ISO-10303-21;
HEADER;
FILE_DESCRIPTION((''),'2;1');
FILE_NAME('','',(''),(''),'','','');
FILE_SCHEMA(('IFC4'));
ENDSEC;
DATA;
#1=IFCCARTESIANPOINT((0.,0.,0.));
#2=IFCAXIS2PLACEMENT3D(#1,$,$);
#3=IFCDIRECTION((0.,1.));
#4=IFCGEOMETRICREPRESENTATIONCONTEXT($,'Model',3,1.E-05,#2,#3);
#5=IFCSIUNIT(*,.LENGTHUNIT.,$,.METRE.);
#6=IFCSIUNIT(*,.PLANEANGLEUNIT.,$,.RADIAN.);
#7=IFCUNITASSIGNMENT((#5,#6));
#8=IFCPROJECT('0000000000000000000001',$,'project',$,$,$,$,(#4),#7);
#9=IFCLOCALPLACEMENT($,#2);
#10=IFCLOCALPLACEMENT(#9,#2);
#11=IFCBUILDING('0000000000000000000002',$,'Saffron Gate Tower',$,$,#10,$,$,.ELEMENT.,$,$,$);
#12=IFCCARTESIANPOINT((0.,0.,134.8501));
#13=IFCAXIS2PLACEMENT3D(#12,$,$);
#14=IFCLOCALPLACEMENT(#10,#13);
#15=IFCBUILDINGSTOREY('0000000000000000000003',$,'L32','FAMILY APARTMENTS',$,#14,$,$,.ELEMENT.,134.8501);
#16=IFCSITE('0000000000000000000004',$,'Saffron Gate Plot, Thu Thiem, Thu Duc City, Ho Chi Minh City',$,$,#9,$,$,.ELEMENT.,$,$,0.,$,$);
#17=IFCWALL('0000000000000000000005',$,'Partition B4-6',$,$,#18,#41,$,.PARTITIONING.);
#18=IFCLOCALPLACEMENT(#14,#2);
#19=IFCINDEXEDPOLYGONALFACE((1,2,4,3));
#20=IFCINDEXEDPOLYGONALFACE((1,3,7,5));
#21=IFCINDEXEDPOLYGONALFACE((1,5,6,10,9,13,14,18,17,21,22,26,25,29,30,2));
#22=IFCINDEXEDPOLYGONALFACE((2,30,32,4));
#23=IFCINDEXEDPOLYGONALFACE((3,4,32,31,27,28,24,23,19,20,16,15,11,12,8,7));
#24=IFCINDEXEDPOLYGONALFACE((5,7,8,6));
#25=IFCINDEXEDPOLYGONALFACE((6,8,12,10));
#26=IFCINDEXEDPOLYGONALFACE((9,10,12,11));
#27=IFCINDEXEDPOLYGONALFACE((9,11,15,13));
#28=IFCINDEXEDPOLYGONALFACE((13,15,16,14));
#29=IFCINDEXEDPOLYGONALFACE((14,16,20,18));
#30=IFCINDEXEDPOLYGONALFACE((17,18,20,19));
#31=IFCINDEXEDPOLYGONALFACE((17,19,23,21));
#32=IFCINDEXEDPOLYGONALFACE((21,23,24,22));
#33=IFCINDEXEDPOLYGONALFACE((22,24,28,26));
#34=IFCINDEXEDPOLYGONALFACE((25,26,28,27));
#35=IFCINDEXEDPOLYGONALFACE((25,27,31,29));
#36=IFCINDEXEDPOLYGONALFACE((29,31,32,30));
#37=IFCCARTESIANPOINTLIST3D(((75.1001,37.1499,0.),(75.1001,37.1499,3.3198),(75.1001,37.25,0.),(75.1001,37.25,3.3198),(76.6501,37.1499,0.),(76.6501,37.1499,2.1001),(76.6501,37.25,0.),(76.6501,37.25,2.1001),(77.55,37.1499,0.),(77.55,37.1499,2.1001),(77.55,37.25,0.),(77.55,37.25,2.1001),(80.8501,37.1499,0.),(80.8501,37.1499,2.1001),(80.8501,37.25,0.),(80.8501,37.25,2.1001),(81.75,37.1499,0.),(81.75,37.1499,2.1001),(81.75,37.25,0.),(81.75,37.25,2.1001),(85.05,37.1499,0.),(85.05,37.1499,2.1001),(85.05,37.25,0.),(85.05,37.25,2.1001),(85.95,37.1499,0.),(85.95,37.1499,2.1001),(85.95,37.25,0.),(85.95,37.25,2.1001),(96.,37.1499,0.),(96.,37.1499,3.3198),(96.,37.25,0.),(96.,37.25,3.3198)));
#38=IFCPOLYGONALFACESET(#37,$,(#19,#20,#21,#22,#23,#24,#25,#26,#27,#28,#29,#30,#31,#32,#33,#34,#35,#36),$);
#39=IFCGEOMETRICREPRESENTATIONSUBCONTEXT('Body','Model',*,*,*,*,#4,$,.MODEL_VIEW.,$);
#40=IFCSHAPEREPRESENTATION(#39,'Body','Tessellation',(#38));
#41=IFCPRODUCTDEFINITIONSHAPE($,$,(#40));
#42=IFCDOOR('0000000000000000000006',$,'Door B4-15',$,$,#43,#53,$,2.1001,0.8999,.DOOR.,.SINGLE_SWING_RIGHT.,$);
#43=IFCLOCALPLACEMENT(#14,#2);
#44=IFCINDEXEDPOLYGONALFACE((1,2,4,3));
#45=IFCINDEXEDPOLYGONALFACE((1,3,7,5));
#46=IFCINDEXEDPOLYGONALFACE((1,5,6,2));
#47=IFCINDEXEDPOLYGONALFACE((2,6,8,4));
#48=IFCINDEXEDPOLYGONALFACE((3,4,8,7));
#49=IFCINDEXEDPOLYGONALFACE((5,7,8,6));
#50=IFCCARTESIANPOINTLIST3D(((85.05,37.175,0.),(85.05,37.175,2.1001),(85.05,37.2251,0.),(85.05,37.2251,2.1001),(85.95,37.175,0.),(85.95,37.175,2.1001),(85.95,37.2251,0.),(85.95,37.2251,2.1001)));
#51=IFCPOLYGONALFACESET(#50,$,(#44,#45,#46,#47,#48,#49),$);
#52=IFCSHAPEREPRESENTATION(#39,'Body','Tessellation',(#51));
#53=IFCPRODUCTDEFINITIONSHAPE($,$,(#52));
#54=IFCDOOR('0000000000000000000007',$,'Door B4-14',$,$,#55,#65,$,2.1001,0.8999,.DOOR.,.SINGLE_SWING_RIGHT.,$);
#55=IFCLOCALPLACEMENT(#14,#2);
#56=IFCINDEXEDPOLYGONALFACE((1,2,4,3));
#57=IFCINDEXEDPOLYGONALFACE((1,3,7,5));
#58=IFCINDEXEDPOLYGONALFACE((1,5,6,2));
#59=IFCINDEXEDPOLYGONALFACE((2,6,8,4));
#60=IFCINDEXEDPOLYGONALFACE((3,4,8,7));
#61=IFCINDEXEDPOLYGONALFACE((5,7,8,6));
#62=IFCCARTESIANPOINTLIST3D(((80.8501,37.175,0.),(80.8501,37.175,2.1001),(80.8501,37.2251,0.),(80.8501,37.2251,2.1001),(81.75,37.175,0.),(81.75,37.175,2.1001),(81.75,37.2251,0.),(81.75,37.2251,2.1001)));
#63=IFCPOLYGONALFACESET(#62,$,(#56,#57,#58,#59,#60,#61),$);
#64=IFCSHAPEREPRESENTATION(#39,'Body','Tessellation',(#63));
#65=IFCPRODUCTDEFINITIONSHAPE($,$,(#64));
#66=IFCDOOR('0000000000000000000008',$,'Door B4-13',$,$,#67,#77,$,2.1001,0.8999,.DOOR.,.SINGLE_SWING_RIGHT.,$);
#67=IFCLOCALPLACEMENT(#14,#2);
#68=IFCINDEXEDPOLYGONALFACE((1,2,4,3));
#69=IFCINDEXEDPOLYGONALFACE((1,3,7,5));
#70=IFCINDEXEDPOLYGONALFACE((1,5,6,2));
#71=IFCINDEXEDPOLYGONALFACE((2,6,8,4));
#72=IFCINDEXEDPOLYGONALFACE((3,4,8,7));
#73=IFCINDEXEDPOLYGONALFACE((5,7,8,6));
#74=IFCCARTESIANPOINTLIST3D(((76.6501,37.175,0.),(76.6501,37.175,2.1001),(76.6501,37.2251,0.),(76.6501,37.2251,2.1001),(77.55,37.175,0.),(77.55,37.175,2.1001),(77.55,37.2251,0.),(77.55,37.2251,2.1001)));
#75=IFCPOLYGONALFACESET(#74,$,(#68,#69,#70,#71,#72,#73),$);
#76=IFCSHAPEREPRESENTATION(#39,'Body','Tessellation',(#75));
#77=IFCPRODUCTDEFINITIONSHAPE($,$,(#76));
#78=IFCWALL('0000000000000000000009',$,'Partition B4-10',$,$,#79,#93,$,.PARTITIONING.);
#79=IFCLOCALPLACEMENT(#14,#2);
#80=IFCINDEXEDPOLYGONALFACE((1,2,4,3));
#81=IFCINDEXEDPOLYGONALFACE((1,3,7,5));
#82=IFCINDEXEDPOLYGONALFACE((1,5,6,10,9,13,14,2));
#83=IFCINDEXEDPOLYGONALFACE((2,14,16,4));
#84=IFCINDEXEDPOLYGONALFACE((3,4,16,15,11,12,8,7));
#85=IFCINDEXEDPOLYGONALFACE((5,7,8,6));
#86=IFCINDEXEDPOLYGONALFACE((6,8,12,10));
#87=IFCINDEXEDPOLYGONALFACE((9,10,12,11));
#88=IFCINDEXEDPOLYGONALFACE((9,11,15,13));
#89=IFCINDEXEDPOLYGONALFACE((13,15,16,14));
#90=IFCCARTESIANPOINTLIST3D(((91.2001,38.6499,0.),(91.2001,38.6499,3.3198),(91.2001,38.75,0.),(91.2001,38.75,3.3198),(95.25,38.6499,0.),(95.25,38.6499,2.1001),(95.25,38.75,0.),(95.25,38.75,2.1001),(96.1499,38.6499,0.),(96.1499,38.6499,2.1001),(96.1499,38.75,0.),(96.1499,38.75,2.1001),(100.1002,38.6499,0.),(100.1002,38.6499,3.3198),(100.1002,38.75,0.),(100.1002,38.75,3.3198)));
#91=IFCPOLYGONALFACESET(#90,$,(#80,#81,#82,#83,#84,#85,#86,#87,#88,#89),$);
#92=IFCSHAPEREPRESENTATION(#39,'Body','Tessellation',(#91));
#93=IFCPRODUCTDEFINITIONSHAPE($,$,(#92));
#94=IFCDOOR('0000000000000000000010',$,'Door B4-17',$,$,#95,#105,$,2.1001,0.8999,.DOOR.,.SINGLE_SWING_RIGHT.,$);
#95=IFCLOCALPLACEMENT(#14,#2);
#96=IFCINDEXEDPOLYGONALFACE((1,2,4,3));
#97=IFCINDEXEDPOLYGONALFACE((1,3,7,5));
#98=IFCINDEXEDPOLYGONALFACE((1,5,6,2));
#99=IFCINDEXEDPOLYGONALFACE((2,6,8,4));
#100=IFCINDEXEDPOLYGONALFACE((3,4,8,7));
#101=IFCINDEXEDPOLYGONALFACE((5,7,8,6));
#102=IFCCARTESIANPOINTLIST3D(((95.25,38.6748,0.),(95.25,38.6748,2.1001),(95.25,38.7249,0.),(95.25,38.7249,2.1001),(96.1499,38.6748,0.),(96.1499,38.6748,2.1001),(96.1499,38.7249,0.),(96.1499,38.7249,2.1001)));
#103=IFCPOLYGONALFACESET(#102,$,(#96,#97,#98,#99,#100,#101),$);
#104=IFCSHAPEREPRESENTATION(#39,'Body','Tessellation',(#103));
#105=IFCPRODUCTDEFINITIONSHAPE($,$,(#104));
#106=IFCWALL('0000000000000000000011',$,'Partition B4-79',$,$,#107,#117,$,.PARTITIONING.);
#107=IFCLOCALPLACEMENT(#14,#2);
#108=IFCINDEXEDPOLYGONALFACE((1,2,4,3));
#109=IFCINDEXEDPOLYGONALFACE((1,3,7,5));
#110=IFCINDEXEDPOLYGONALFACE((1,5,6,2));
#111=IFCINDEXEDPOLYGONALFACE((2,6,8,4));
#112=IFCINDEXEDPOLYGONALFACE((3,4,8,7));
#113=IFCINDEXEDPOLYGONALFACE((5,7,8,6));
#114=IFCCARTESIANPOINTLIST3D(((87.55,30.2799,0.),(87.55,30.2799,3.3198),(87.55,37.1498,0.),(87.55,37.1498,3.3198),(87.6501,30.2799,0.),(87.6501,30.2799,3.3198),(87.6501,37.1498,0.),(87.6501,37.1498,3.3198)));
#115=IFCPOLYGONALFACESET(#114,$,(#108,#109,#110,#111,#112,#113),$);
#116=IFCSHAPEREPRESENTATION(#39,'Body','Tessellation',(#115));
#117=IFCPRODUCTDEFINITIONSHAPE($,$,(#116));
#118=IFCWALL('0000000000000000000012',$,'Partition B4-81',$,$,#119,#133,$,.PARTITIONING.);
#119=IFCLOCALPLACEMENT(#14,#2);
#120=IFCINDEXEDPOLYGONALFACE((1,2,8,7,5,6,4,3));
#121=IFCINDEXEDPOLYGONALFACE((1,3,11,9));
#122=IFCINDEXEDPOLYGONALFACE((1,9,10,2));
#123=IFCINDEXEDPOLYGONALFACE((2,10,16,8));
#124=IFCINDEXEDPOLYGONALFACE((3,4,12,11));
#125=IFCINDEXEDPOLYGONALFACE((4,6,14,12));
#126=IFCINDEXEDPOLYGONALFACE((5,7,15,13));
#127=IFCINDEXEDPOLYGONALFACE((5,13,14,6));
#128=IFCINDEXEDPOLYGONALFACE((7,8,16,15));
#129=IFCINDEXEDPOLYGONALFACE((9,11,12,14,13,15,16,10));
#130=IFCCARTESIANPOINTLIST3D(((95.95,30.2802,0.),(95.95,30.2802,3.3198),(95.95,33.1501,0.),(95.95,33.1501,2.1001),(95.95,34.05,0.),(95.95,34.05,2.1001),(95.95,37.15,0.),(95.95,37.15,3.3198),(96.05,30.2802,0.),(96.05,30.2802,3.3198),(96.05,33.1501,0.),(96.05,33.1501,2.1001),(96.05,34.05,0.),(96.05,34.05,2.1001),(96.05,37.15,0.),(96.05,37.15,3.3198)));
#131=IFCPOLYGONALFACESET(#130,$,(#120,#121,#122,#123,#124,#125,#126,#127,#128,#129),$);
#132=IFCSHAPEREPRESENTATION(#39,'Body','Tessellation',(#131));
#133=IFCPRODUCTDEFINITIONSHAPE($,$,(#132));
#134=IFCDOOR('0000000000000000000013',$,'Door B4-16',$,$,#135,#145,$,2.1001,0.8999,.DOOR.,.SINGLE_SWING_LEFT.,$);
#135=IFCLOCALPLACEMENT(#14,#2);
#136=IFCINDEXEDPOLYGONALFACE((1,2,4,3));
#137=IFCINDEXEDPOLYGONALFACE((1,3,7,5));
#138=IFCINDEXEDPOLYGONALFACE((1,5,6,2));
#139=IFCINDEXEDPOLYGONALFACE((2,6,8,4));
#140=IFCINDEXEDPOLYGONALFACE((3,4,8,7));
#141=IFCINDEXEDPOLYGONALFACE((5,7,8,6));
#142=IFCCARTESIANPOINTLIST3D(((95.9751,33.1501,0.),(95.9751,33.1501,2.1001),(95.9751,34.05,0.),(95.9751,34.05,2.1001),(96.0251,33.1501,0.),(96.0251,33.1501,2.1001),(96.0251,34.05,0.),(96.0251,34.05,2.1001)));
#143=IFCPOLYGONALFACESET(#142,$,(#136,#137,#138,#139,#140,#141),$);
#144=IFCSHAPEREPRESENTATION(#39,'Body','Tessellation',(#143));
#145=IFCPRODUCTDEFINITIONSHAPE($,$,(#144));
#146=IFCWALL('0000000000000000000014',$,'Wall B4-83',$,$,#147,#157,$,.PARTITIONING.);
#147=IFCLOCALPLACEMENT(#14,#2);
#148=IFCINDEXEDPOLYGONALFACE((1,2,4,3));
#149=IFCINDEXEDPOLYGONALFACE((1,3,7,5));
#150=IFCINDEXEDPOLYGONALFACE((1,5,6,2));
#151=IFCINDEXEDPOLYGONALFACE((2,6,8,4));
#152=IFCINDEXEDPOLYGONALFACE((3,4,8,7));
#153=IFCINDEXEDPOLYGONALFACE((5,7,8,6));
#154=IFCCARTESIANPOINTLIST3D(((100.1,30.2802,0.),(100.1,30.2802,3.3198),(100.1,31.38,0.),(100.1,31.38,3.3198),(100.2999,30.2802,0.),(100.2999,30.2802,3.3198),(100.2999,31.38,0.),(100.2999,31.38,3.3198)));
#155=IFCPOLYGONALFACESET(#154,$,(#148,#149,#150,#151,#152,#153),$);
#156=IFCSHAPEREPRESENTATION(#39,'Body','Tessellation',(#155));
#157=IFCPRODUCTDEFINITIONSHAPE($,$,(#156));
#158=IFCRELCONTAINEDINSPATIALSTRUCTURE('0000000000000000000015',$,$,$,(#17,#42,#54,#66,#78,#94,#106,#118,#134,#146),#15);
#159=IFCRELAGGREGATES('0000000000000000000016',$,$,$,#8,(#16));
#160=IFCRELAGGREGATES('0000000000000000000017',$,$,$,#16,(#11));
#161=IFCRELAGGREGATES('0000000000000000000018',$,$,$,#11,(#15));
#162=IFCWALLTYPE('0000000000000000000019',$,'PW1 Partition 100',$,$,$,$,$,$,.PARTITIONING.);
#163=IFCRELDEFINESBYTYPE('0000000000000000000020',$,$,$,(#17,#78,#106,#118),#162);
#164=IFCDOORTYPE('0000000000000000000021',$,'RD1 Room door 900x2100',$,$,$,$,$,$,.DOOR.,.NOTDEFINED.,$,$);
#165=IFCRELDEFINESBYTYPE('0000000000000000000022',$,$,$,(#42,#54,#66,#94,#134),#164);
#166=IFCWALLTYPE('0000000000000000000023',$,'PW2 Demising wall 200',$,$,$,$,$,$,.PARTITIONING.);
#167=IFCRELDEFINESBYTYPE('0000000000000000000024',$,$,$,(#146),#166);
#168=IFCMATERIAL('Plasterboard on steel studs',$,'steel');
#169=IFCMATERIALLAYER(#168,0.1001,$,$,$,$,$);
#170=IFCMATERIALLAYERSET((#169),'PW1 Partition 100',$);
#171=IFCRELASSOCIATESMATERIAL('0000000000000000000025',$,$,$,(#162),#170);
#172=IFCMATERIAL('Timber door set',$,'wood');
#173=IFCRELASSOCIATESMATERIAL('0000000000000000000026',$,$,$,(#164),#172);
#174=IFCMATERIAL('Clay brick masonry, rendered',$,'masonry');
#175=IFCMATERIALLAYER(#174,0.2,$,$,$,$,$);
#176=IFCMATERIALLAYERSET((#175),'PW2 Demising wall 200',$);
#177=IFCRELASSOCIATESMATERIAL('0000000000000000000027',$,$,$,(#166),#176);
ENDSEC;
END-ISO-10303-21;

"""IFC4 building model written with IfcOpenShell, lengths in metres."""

from ifc_helpers import new_model, si_unit, direction, frame, frame_2d, origin, place, context, subcontext, project, spatial, rectangle, extrude, material, layer, layer_set, type_object, element, fill, save


model = new_model("IFC4")

# Units and contexts
model_context = context("Model", 3, precision=1e-05, world=origin(), true_north=direction((0.0, 1.0)))
body_context = subcontext(model_context, "Body", "Model", "MODEL_VIEW")
ifc_project = project(units=[si_unit("LENGTHUNIT", "METRE"), si_unit("PLANEANGLEUNIT", "RADIAN")], contexts=[model_context])

# Site, building, storey
site_placement = place(None, origin())
site = spatial("IfcSite", under=ifc_project, at=site_placement, Name="Saffron Gate Plot, Thu Thiem, Thu Duc City, Ho Chi Minh City", CompositionType="ELEMENT", RefElevation=0.0)
building_placement = place(site_placement, origin())
building = spatial("IfcBuilding", under=site, at=building_placement, Name="Saffron Gate Tower", CompositionType="ELEMENT")
storey_placement = place(building_placement, frame((0.0, 0.0, 134.8501)))
storey = spatial("IfcBuildingStorey", under=building, at=storey_placement, Name="L32", Description="FAMILY APARTMENTS", CompositionType="ELEMENT", Elevation=134.8501)

# Wall, openings, doors
ifc_material_1 = material(Name="Plasterboard on steel studs", Category="steel")
ifc_layer_1 = layer(ifc_material_1, 0.1001)
ifc_layer_set_1 = layer_set([ifc_layer_1], Name="PW1 Partition 100")
wall_type_1 = type_object("IfcWallType", Name="PW1 Partition 100", PredefinedType="PARTITIONING", material=ifc_layer_set_1)
wall_1_placement = place(storey_placement, frame((96.0, 37.2, 0.0), z_axis=(0.0, 0.0, 1.0), x_axis=(-1.0, 0.0, 0.0)))
wall_1 = element("IfcWall", 1, at=wall_1_placement, inside=storey, type_object=wall_type_1, Name="Partition B4-6", PredefinedType="PARTITIONING", context=body_context, shape_type="SweptSolid", body=[
    extrude(rectangle(XDim=20.8999, YDim=0.1001, at=frame_2d((10.45, 0.0))), origin(), (0.0, 0.0, 1.0), 3.3198),
])
opening_1_placement = place(wall_1_placement, frame((10.05, 0.0, 0.0)))
opening_1 = element("IfcOpeningElement", 2, at=opening_1_placement, cuts=wall_1, PredefinedType="OPENING", context=body_context, shape_type="SweptSolid", body=[
    extrude(rectangle(XDim=0.8999, YDim=2.1001, at=frame_2d((0.45, 1.05))), frame((0.0, 0.0601, 0.0), z_axis=(0.0, -1.0, 0.0), x_axis=(1.0, 0.0, 0.0)), (0.0, 0.0, 1.0), 0.1201),
])
opening_2_placement = place(wall_1_placement, frame((14.25, 0.0, 0.0)))
opening_2 = element("IfcOpeningElement", 3, at=opening_2_placement, cuts=wall_1, PredefinedType="OPENING", context=body_context, shape_type="SweptSolid", body=[
    extrude(rectangle(XDim=0.8999, YDim=2.1001, at=frame_2d((0.45, 1.05))), frame((0.0, 0.0601, 0.0), z_axis=(0.0, -1.0, 0.0), x_axis=(1.0, 0.0, 0.0)), (0.0, 0.0, 1.0), 0.1201),
])
opening_3_placement = place(wall_1_placement, frame((18.45, 0.0, 0.0)))
opening_3 = element("IfcOpeningElement", 4, at=opening_3_placement, cuts=wall_1, PredefinedType="OPENING", context=body_context, shape_type="SweptSolid", body=[
    extrude(rectangle(XDim=0.8999, YDim=2.1001, at=frame_2d((0.45, 1.05))), frame((0.0, 0.0601, 0.0), z_axis=(0.0, -1.0, 0.0), x_axis=(1.0, 0.0, 0.0)), (0.0, 0.0, 1.0), 0.1201),
])
ifc_material_2 = material(Name="Timber door set", Category="wood")
door_type = type_object("IfcDoorType", Name="RD1 Room door 900x2100", OperationType="NOTDEFINED", PredefinedType="DOOR", material=ifc_material_2)
door_1_placement = place(opening_1_placement, origin())
door_1 = element("IfcDoor", 5, at=door_1_placement, inside=storey, type_object=door_type, Name="Door B4-15", OperationType="SINGLE_SWING_RIGHT", OverallHeight=2.1001, OverallWidth=0.8999, PredefinedType="DOOR", context=body_context, shape_type="SweptSolid", body=[
    extrude(rectangle(XDim=0.8999, YDim=2.1001, at=frame_2d((0.45, 1.05))), frame((0.0, 0.0249, 0.0), z_axis=(0.0, -1.0, 0.0), x_axis=(1.0, 0.0, 0.0)), (0.0, 0.0, 1.0), 0.05),
])
fill(opening_1, door_1)
door_2_placement = place(opening_2_placement, origin())
door_2 = element("IfcDoor", 6, at=door_2_placement, inside=storey, type_object=door_type, Name="Door B4-14", OperationType="SINGLE_SWING_RIGHT", OverallHeight=2.1001, OverallWidth=0.8999, PredefinedType="DOOR", context=body_context, shape_type="SweptSolid", body=[
    extrude(rectangle(XDim=0.8999, YDim=2.1001, at=frame_2d((0.45, 1.05))), frame((0.0, 0.0249, 0.0), z_axis=(0.0, -1.0, 0.0), x_axis=(1.0, 0.0, 0.0)), (0.0, 0.0, 1.0), 0.05),
])
fill(opening_2, door_2)
door_3_placement = place(opening_3_placement, origin())
door_3 = element("IfcDoor", 7, at=door_3_placement, inside=storey, type_object=door_type, Name="Door B4-13", OperationType="SINGLE_SWING_RIGHT", OverallHeight=2.1001, OverallWidth=0.8999, PredefinedType="DOOR", context=body_context, shape_type="SweptSolid", body=[
    extrude(rectangle(XDim=0.8999, YDim=2.1001, at=frame_2d((0.45, 1.05))), frame((0.0, 0.0249, 0.0), z_axis=(0.0, -1.0, 0.0), x_axis=(1.0, 0.0, 0.0)), (0.0, 0.0, 1.0), 0.05),
])
fill(opening_3, door_3)

# Wall, opening, door
wall_2_placement = place(storey_placement, frame((91.2, 38.7, 0.0), z_axis=(0.0, 0.0, 1.0), x_axis=(1.0, 0.0, 0.0)))
wall_2 = element("IfcWall", 8, at=wall_2_placement, inside=storey, type_object=wall_type_1, Name="Partition B4-10", PredefinedType="PARTITIONING", context=body_context, shape_type="SweptSolid", body=[
    extrude(rectangle(XDim=8.9001, YDim=0.1001, at=frame_2d((4.4502, 0.0))), origin(), (0.0, 0.0, 1.0), 3.3198),
])
opening_4_placement = place(wall_2_placement, frame((4.05, 0.0, 0.0)))
opening_4 = element("IfcOpeningElement", 9, at=opening_4_placement, cuts=wall_2, PredefinedType="OPENING", context=body_context, shape_type="SweptSolid", body=[
    extrude(rectangle(XDim=0.8999, YDim=2.1001, at=frame_2d((0.45, 1.05))), frame((0.0, 0.0601, 0.0), z_axis=(0.0, -1.0, 0.0), x_axis=(1.0, 0.0, 0.0)), (0.0, 0.0, 1.0), 0.1201),
])
door_4_placement = place(opening_4_placement, origin())
door_4 = element("IfcDoor", 10, at=door_4_placement, inside=storey, type_object=door_type, Name="Door B4-17", OperationType="SINGLE_SWING_RIGHT", OverallHeight=2.1001, OverallWidth=0.8999, PredefinedType="DOOR", context=body_context, shape_type="SweptSolid", body=[
    extrude(rectangle(XDim=0.8999, YDim=2.1001, at=frame_2d((0.45, 1.05))), frame((0.0, 0.0249, 0.0), z_axis=(0.0, -1.0, 0.0), x_axis=(1.0, 0.0, 0.0)), (0.0, 0.0, 1.0), 0.05),
])
fill(opening_4, door_4)

# Wall
wall_3_placement = place(storey_placement, frame((87.6001, 37.1499, 0.0), z_axis=(0.0, 0.0, 1.0), x_axis=(0.0, -1.0, 0.0)))
element("IfcWall", 11, at=wall_3_placement, inside=storey, type_object=wall_type_1, Name="Partition B4-79", PredefinedType="PARTITIONING", context=body_context, shape_type="SweptSolid", body=[
    extrude(rectangle(XDim=6.8699, YDim=0.1001, at=frame_2d((3.4351, 0.0))), origin(), (0.0, 0.0, 1.0), 3.3198),
])

# Wall, opening, door
wall_4_placement = place(storey_placement, frame((96.0, 30.28, 0.0), z_axis=(0.0, 0.0, 1.0), x_axis=(0.0, 1.0, 0.0)))
wall_4 = element("IfcWall", 12, at=wall_4_placement, inside=storey, type_object=wall_type_1, Name="Partition B4-81", PredefinedType="PARTITIONING", context=body_context, shape_type="SweptSolid", body=[
    extrude(rectangle(XDim=6.8699, YDim=0.1001, at=frame_2d((3.4351, 0.0))), origin(), (0.0, 0.0, 1.0), 3.3198),
])
opening_5_placement = place(wall_4_placement, frame((2.8701, 0.0, 0.0)))
opening_5 = element("IfcOpeningElement", 13, at=opening_5_placement, cuts=wall_4, PredefinedType="OPENING", context=body_context, shape_type="SweptSolid", body=[
    extrude(rectangle(XDim=0.8999, YDim=2.1001, at=frame_2d((0.45, 1.05))), frame((0.0, 0.0601, 0.0), z_axis=(0.0, -1.0, 0.0), x_axis=(1.0, 0.0, 0.0)), (0.0, 0.0, 1.0), 0.1201),
])
door_5_placement = place(opening_5_placement, origin())
door_5 = element("IfcDoor", 14, at=door_5_placement, inside=storey, type_object=door_type, Name="Door B4-16", OperationType="SINGLE_SWING_LEFT", OverallHeight=2.1001, OverallWidth=0.8999, PredefinedType="DOOR", context=body_context, shape_type="SweptSolid", body=[
    extrude(rectangle(XDim=0.8999, YDim=2.1001, at=frame_2d((0.45, 1.05))), frame((0.0, 0.0249, 0.0), z_axis=(0.0, -1.0, 0.0), x_axis=(1.0, 0.0, 0.0)), (0.0, 0.0, 1.0), 0.05),
])
fill(opening_5, door_5)

# Wall
ifc_material_3 = material(Name="Clay brick masonry, rendered", Category="masonry")
ifc_layer_2 = layer(ifc_material_3, 0.2)
ifc_layer_set_2 = layer_set([ifc_layer_2], Name="PW2 Demising wall 200")
wall_type_2 = type_object("IfcWallType", Name="PW2 Demising wall 200", PredefinedType="PARTITIONING", material=ifc_layer_set_2)
wall_5_placement = place(storey_placement, frame((100.2, 31.3799, 0.0), z_axis=(0.0, 0.0, 1.0), x_axis=(0.0, -1.0, 0.0)))
element("IfcWall", 15, at=wall_5_placement, inside=storey, type_object=wall_type_2, Name="Wall B4-83", PredefinedType="PARTITIONING", context=body_context, shape_type="SweptSolid", body=[
    extrude(rectangle(XDim=1.0999, YDim=0.2, at=frame_2d((0.5498, 0.0))), origin(), (0.0, 0.0, 1.0), 3.3198),
])

save(model, "model.ifc")
